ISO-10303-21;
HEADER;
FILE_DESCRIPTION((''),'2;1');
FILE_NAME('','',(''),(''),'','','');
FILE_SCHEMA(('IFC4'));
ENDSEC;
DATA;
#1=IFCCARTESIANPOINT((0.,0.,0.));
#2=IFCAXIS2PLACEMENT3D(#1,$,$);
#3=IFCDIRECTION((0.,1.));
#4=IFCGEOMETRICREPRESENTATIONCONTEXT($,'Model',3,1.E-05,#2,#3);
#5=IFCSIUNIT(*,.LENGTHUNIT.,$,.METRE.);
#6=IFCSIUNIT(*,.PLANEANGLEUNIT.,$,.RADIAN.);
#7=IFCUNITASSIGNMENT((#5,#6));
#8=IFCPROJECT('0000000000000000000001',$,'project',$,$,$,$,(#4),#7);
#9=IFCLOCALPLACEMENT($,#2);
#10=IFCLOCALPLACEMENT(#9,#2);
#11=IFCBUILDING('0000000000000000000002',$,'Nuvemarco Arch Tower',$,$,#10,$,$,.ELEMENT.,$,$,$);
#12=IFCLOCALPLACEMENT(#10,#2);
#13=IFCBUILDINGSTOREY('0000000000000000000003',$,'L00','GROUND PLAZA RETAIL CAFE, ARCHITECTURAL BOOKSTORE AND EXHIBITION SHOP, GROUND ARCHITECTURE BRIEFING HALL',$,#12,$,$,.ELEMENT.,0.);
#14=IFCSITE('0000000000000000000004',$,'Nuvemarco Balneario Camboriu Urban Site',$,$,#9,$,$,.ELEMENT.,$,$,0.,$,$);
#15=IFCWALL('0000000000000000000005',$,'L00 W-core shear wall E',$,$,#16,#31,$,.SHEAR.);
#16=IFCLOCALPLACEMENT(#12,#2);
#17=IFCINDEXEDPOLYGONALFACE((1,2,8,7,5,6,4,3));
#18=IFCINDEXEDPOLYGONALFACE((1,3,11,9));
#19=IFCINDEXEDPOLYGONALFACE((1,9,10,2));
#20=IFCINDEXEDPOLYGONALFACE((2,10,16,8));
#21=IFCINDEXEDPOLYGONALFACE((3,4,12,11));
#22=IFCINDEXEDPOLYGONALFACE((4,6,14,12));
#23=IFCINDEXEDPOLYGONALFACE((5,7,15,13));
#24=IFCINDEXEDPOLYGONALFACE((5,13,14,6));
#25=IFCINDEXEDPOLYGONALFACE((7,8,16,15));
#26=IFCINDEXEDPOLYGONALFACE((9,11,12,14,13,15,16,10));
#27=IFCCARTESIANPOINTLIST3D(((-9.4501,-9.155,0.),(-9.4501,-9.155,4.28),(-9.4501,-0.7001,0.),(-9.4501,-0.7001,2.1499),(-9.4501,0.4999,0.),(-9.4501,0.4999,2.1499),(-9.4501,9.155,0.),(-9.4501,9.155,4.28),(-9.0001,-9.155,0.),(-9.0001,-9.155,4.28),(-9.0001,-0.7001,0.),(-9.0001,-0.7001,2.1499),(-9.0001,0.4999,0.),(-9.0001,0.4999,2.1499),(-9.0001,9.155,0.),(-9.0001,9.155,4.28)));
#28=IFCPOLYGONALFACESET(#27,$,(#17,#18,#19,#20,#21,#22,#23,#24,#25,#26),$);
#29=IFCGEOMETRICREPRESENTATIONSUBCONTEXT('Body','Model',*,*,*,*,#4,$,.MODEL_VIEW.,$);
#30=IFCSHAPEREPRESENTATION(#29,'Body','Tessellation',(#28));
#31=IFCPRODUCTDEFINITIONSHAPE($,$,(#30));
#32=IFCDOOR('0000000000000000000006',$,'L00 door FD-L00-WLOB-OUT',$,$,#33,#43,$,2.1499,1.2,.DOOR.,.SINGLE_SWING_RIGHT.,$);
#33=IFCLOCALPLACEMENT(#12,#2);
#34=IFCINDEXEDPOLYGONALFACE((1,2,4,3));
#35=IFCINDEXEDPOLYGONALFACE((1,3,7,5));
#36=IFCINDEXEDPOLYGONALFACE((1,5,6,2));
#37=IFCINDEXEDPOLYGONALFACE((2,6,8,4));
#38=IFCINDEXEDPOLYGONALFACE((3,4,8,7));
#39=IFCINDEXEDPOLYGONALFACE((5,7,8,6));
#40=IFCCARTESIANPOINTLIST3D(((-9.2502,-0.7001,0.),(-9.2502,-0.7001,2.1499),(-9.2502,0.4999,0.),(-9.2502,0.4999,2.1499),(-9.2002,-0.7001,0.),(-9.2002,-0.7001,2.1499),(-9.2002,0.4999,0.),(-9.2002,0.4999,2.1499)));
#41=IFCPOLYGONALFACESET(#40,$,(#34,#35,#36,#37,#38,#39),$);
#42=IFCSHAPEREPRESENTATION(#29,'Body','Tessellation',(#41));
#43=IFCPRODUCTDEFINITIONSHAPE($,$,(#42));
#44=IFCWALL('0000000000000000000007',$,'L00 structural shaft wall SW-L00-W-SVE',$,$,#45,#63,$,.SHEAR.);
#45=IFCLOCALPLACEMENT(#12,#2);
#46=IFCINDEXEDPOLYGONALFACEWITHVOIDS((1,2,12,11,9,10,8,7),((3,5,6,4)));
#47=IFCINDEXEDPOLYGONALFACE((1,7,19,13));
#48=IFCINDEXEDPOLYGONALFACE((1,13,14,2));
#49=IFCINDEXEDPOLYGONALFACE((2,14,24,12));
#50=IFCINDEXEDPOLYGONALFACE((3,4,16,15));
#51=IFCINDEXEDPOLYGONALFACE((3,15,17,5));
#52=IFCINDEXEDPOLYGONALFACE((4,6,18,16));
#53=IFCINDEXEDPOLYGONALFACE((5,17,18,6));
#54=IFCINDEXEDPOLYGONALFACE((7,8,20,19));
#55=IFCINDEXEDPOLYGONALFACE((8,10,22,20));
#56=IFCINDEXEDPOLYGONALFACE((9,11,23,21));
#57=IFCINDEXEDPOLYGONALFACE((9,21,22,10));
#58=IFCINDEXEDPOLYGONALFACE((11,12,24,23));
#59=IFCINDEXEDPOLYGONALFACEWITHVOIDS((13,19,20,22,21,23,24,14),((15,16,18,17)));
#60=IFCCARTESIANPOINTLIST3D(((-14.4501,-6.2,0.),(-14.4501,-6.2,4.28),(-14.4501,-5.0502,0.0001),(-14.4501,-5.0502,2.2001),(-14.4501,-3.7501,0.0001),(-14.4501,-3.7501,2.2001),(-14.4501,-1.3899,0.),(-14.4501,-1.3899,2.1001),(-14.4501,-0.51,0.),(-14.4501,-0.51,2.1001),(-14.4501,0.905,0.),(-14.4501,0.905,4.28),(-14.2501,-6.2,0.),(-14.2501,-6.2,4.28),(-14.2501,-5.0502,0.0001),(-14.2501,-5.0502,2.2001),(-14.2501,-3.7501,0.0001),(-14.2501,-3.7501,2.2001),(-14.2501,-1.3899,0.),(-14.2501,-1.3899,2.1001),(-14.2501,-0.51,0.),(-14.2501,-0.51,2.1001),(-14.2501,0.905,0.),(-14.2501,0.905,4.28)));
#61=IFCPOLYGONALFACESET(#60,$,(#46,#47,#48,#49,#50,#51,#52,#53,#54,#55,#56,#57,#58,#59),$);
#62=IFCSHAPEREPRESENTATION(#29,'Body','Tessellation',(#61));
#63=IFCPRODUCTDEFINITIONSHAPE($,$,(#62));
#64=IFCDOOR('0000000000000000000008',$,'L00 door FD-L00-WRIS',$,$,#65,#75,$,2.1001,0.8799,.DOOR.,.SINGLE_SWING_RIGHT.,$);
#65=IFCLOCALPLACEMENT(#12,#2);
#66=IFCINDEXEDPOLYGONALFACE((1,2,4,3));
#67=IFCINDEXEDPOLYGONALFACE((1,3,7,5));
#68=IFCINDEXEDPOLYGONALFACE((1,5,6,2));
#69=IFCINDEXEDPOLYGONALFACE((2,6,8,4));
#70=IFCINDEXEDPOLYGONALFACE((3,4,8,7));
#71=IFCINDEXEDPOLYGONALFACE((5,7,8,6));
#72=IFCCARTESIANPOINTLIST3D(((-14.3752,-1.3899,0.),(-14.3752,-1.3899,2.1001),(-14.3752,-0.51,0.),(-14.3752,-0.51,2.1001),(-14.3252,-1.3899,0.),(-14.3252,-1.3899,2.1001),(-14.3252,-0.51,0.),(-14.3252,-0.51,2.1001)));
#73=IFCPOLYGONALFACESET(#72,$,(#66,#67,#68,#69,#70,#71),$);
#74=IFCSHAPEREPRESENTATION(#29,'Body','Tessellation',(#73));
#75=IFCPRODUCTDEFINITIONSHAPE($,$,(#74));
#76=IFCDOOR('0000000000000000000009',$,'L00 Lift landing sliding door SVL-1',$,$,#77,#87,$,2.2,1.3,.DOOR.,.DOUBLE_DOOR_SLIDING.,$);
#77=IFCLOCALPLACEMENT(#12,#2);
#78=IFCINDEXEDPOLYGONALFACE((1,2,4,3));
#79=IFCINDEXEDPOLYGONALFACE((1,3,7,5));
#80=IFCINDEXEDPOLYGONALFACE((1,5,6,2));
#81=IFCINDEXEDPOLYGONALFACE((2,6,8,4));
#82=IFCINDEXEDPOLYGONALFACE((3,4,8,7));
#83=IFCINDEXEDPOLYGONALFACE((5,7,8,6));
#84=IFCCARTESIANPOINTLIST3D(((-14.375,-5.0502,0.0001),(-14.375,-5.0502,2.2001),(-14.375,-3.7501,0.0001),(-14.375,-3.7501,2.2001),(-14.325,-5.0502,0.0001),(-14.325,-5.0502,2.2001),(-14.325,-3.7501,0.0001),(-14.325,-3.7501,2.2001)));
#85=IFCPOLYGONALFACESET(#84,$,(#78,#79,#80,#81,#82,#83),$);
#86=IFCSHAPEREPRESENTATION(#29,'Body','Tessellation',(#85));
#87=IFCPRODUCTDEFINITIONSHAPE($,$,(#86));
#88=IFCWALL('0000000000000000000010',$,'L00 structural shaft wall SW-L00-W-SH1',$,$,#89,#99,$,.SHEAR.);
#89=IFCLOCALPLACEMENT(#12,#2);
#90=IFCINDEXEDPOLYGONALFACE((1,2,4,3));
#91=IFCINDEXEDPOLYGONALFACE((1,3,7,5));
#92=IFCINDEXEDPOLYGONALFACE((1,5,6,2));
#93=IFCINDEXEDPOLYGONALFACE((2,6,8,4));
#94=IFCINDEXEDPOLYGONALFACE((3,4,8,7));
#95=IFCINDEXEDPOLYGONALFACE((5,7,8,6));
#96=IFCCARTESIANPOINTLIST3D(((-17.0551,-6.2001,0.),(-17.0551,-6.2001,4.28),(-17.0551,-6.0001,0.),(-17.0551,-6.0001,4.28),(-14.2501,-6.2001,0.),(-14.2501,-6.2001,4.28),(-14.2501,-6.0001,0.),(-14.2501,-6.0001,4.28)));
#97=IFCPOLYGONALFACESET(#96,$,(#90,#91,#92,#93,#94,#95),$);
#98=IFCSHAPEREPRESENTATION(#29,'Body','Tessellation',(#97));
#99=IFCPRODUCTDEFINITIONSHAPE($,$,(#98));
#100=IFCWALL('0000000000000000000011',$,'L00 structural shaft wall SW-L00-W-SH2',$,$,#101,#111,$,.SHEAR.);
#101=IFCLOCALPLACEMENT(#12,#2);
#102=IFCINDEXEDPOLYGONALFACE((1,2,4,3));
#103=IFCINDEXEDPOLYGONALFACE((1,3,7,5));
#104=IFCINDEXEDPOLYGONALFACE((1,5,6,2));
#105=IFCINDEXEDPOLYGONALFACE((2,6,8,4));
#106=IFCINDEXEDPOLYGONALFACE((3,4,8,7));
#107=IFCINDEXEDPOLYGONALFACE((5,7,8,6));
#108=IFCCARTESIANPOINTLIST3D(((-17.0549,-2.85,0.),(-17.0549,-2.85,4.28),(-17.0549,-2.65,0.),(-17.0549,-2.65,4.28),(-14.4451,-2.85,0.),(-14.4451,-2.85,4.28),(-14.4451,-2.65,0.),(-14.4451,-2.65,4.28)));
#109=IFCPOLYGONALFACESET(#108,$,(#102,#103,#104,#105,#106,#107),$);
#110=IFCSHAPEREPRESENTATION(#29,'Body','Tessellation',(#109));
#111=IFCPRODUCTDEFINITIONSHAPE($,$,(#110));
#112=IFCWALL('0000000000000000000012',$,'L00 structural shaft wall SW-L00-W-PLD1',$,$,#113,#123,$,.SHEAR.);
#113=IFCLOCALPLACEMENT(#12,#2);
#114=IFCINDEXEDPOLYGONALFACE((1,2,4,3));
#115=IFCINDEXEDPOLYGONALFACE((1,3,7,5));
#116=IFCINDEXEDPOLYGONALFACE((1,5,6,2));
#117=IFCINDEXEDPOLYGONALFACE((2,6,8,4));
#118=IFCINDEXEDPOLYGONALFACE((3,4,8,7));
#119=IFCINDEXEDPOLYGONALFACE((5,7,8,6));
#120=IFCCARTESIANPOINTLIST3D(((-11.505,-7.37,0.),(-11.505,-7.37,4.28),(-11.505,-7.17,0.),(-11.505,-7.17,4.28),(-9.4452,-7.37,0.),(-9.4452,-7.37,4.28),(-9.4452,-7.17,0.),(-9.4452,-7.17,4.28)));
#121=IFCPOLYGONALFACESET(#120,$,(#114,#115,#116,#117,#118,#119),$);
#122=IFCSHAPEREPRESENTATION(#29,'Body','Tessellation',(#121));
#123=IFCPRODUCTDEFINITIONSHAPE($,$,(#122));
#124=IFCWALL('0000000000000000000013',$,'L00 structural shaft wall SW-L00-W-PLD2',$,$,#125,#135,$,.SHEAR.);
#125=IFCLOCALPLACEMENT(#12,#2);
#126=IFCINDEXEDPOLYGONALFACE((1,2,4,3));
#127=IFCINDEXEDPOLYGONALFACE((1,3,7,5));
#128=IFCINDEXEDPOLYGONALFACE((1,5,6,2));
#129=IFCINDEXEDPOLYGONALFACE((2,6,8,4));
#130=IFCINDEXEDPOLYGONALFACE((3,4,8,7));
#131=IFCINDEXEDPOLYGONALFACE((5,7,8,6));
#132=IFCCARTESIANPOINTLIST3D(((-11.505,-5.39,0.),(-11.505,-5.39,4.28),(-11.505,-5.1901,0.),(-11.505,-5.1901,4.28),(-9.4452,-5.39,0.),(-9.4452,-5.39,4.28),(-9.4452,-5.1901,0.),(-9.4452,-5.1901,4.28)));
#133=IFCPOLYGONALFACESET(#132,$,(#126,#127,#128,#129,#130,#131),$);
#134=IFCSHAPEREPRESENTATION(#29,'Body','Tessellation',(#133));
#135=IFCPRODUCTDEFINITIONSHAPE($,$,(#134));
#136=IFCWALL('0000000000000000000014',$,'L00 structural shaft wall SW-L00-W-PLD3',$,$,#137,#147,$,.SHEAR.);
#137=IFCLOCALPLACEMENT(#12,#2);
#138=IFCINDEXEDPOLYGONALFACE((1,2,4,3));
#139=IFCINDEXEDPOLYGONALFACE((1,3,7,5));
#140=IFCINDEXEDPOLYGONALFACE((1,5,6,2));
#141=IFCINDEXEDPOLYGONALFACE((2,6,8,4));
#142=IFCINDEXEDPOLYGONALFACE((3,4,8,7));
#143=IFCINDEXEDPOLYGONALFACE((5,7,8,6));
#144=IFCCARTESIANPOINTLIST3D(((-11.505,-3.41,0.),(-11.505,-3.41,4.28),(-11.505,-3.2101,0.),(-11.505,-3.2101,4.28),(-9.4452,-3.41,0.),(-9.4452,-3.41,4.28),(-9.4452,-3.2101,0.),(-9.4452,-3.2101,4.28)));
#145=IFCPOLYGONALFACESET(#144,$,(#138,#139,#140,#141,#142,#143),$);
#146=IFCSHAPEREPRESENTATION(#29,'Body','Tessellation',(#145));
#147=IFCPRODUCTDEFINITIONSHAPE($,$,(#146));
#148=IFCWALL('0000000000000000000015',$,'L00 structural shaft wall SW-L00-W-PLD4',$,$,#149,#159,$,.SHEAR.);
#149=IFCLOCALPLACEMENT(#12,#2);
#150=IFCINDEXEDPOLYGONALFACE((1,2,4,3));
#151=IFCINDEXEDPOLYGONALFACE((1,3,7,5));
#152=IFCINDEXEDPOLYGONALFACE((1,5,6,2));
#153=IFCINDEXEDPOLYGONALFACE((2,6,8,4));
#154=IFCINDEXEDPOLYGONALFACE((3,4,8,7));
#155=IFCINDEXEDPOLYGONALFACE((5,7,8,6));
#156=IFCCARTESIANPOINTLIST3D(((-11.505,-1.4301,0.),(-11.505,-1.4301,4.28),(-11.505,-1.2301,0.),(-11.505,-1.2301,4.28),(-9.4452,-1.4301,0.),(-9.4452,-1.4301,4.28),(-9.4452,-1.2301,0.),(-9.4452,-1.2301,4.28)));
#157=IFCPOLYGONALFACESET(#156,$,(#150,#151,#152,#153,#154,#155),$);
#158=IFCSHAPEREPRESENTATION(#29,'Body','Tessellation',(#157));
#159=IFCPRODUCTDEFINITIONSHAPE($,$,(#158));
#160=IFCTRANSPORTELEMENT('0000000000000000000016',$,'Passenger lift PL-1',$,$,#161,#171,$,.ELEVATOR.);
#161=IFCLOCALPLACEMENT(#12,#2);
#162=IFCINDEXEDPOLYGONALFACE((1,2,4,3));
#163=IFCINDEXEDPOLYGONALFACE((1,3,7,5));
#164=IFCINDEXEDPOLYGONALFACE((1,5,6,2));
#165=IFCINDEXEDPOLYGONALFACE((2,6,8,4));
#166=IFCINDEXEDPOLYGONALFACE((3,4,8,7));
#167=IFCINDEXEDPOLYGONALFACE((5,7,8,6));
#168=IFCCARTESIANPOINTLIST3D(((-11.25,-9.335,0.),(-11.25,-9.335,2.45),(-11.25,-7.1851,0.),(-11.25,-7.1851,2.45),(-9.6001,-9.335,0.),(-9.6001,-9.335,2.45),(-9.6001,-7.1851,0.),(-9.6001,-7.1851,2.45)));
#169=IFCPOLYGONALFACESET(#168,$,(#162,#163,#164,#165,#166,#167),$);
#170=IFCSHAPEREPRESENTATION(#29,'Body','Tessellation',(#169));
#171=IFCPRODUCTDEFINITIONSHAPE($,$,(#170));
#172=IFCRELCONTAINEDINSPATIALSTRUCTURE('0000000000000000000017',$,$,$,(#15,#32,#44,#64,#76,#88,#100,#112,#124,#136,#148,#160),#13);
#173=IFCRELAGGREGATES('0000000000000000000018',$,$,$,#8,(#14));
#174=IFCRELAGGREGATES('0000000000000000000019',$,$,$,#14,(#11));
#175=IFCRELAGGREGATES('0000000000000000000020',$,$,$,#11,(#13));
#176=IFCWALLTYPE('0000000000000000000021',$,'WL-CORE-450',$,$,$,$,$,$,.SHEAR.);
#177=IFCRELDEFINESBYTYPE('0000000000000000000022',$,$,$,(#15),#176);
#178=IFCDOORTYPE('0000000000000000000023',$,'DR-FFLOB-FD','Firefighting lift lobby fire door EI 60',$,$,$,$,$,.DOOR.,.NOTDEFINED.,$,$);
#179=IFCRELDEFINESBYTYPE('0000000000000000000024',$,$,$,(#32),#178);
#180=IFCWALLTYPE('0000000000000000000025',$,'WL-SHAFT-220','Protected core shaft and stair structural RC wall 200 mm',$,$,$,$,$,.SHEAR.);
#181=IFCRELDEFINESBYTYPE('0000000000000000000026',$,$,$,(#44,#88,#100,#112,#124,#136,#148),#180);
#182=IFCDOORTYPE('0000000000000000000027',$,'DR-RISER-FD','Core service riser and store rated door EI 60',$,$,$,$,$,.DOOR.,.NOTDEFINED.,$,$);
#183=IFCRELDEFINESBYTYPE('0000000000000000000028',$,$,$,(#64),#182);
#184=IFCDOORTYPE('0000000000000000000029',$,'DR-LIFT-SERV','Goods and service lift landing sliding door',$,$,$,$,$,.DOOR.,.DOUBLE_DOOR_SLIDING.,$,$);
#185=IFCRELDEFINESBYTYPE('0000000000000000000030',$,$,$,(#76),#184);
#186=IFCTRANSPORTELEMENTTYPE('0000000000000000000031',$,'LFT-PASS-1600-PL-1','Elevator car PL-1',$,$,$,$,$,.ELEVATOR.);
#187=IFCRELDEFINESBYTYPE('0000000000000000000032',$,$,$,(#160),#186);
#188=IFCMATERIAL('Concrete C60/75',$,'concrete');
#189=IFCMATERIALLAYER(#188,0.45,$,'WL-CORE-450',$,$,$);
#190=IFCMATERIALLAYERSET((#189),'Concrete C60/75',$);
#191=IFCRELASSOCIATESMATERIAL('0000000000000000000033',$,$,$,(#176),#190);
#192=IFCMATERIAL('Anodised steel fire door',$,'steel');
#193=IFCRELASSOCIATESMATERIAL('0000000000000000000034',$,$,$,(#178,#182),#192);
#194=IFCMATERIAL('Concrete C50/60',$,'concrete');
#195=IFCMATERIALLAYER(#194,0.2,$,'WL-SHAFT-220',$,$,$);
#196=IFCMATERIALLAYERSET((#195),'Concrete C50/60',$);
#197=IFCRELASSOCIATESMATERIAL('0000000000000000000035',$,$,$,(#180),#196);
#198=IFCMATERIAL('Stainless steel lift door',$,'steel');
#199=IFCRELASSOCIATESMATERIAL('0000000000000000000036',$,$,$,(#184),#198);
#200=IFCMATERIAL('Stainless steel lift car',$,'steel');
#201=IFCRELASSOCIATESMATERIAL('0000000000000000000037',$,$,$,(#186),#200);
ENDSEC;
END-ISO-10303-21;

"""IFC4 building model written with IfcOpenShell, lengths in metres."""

from ifc_helpers import new_model, si_unit, direction, frame, frame_2d, origin, origin_2d, place, context, subcontext, project, spatial, rectangle, extrude, source, transform, mapped, material, layer, layer_set, type_object, type_shapes, element, fill, save


model = new_model("IFC4")

# Units and contexts
model_context = context("Model", 3, precision=1e-05, world=origin(), true_north=direction((0.0, 1.0)))
body_context = subcontext(model_context, "Body", "Model", "MODEL_VIEW")
ifc_project = project(units=[si_unit("LENGTHUNIT", "METRE"), si_unit("PLANEANGLEUNIT", "RADIAN")], contexts=[model_context])

# Site, building, storey
site_placement = place(None, origin())
site = spatial("IfcSite", under=ifc_project, at=site_placement, Name="Nuvemarco Balneario Camboriu Urban Site", CompositionType="ELEMENT", RefElevation=0.0)
building_placement = place(site_placement, origin())
building = spatial("IfcBuilding", under=site, at=building_placement, Name="Nuvemarco Arch Tower", CompositionType="ELEMENT")
storey_placement = place(building_placement, origin())
storey = spatial("IfcBuildingStorey", under=building, at=storey_placement, Name="L00", Description="GROUND PLAZA RETAIL CAFE, ARCHITECTURAL BOOKSTORE AND EXHIBITION SHOP, GROUND ARCHITECTURE BRIEFING HALL", CompositionType="ELEMENT", Elevation=0.0)

# Shared definitions
ifc_material_1 = material(Name="Concrete C60/75", Category="concrete")

# Wall, opening, door
ifc_layer_1 = layer(ifc_material_1, 0.45, Name="WL-CORE-450")
ifc_layer_set_1 = layer_set([ifc_layer_1], Name="Concrete C60/75")
wall_type_1 = type_object("IfcWallType", Name="WL-CORE-450", PredefinedType="SHEAR", material=ifc_layer_set_1)
ifc_material_2 = material(Name="Anodised steel fire door", Category="steel")
wall_1_placement = place(storey_placement, frame((-9.2251, -9.155, 0.0), z_axis=(0.0, 0.0, 1.0), x_axis=(0.0, 1.0, 0.0)))
wall_1 = element("IfcWall", 1, at=wall_1_placement, inside=storey, type_object=wall_type_1, Name="L00 W-core shear wall E", PredefinedType="SHEAR", context=body_context, shape_type="SweptSolid", body=[
    extrude(rectangle(XDim=18.3101, YDim=0.45, at=frame_2d((9.155, 0.0))), origin(), (0.0, 0.0, 1.0), 4.28),
])
opening_1_placement = place(wall_1_placement, frame((9.655, 0.0, 0.0), z_axis=(0.0, 0.0, 1.0), x_axis=(-1.0, 0.0, 0.0)))
opening_1 = element("IfcOpeningElement", 2, at=opening_1_placement, cuts=wall_1, PredefinedType="OPENING", context=body_context, shape_type="SweptSolid", body=[
    extrude(rectangle(XDim=1.2, YDim=2.1499, at=frame_2d((0.6001, 1.075))), frame((0.0, 0.2349, 0.0), z_axis=(0.0, -1.0, 0.0), x_axis=(1.0, 0.0, 0.0)), (0.0, 0.0, 1.0), 0.47),
])
door_type_1 = type_object("IfcDoorType", Name="DR-FFLOB-FD", Description="Firefighting lift lobby fire door EI 60", OperationType="NOTDEFINED", PredefinedType="DOOR", material=ifc_material_2)
shared_shape_1 = source(origin(), body_context, "Body", "SweptSolid", [
    extrude(rectangle(XDim=1.2, YDim=2.1499, at=frame_2d((0.6001, 1.075))), frame((0.0, 0.0249, 0.0), z_axis=(0.0, -1.0, 0.0), x_axis=(1.0, 0.0, 0.0)), (0.0, 0.0, 1.0), 0.05),
])
type_shapes(door_type_1, [shared_shape_1])
door_1_placement = place(opening_1_placement, origin())
door_1 = element("IfcDoor", 3, at=door_1_placement, inside=storey, type_object=door_type_1, Name="L00 door FD-L00-WLOB-OUT", OperationType="SINGLE_SWING_RIGHT", OverallHeight=2.1499, OverallWidth=1.2, PredefinedType="DOOR", context=body_context, shape_type="MappedRepresentation", body=[
    mapped(shared_shape_1, transform((0.0, 0.0, 0.0), scale=1.0)),
])
fill(opening_1, door_1)
ifc_material_3 = material(Name="Concrete C50/60", Category="concrete")
ifc_layer_2 = layer(ifc_material_3, 0.2, Name="WL-SHAFT-220")
ifc_layer_set_2 = layer_set([ifc_layer_2], Name="Concrete C50/60")
wall_type_2 = type_object("IfcWallType", Name="WL-SHAFT-220", Description="Protected core shaft and stair structural RC wall 200 mm", PredefinedType="SHEAR", material=ifc_layer_set_2)
ifc_material_4 = material(Name="Stainless steel lift door", Category="steel")

# Wall, openings, doors
wall_2_placement = place(storey_placement, frame((-14.3501, -6.2, 0.0), z_axis=(0.0, 0.0, 1.0), x_axis=(0.0, 1.0, 0.0)))
wall_2 = element("IfcWall", 4, at=wall_2_placement, inside=storey, type_object=wall_type_2, Name="L00 structural shaft wall SW-L00-W-SVE", PredefinedType="SHEAR", context=body_context, shape_type="SweptSolid", body=[
    extrude(rectangle(XDim=7.105, YDim=0.2, at=frame_2d((3.5525, 0.0))), origin(), (0.0, 0.0, 1.0), 4.28),
])
opening_2_placement = place(wall_2_placement, frame((5.6899, 0.0, 0.0), z_axis=(0.0, 0.0, 1.0), x_axis=(-1.0, 0.0, 0.0)))
opening_2 = element("IfcOpeningElement", 5, at=opening_2_placement, cuts=wall_2, PredefinedType="OPENING", context=body_context, shape_type="SweptSolid", body=[
    extrude(rectangle(XDim=0.8799, YDim=2.1001, at=frame_2d((0.4399, 1.05))), frame((0.0, 0.1099, 0.0), z_axis=(0.0, -1.0, 0.0), x_axis=(1.0, 0.0, 0.0)), (0.0, 0.0, 1.0), 0.22),
])
opening_3_placement = place(wall_2_placement, frame((1.1499, 0.0, 0.0)))
opening_3 = element("IfcOpeningElement", 6, at=opening_3_placement, cuts=wall_2, PredefinedType="OPENING", context=body_context, shape_type="SweptSolid", body=[
    extrude(rectangle(XDim=1.3, YDim=2.2, at=frame_2d((0.6499, 1.1001))), frame((0.0, 0.1099, 0.0), z_axis=(0.0, -1.0, 0.0), x_axis=(1.0, 0.0, 0.0)), (0.0, 0.0, 1.0), 0.22),
])
door_type_2 = type_object("IfcDoorType", Name="DR-RISER-FD", Description="Core service riser and store rated door EI 60", OperationType="NOTDEFINED", PredefinedType="DOOR", material=ifc_material_2)
shared_shape_2 = source(origin(), body_context, "Body", "SweptSolid", [
    extrude(rectangle(XDim=0.8799, YDim=2.1001, at=frame_2d((0.4399, 1.05))), frame((0.0, 0.0249, 0.0), z_axis=(0.0, -1.0, 0.0), x_axis=(1.0, 0.0, 0.0)), (0.0, 0.0, 1.0), 0.05),
])
type_shapes(door_type_2, [shared_shape_2])
door_2_placement = place(opening_2_placement, origin())
door_2 = element("IfcDoor", 7, at=door_2_placement, inside=storey, type_object=door_type_2, Name="L00 door FD-L00-WRIS", OperationType="SINGLE_SWING_RIGHT", OverallHeight=2.1001, OverallWidth=0.8799, PredefinedType="DOOR", context=body_context, shape_type="MappedRepresentation", body=[
    mapped(shared_shape_2, transform((0.0, 0.0, 0.0), scale=1.0)),
])
fill(opening_2, door_2)
door_type_3 = type_object("IfcDoorType", Name="DR-LIFT-SERV", Description="Goods and service lift landing sliding door", OperationType="DOUBLE_DOOR_SLIDING", PredefinedType="DOOR", material=ifc_material_4)
shared_shape_3 = source(origin(), body_context, "Body", "SweptSolid", [
    extrude(rectangle(XDim=1.3, YDim=2.2, at=frame_2d((0.6499, 1.1001))), frame((0.0, 0.0249, 0.0), z_axis=(0.0, -1.0, 0.0), x_axis=(1.0, 0.0, 0.0)), (0.0, 0.0, 1.0), 0.05),
])
type_shapes(door_type_3, [shared_shape_3])
door_3_placement = place(opening_3_placement, origin())
door_3 = element("IfcDoor", 8, at=door_3_placement, inside=storey, type_object=door_type_3, Name="L00 Lift landing sliding door SVL-1", OperationType="DOUBLE_DOOR_SLIDING", OverallHeight=2.2, OverallWidth=1.3, PredefinedType="DOOR", context=body_context, shape_type="MappedRepresentation", body=[
    mapped(shared_shape_3, transform((0.0, 0.0, 0.0), scale=1.0)),
])
fill(opening_3, door_3)

# Walls
wall_3_placement = place(storey_placement, frame((-17.0549, -6.1001, 0.0), z_axis=(0.0, 0.0, 1.0), x_axis=(1.0, 0.0, 0.0)))
element("IfcWall", 9, at=wall_3_placement, inside=storey, type_object=wall_type_2, Name="L00 structural shaft wall SW-L00-W-SH1", PredefinedType="SHEAR", context=body_context, shape_type="SweptSolid", body=[
    extrude(rectangle(XDim=2.8049, YDim=0.2, at=frame_2d((1.4023, 0.0))), origin(), (0.0, 0.0, 1.0), 4.28),
])
wall_4_placement = place(storey_placement, frame((-17.0549, -2.75, 0.0), z_axis=(0.0, 0.0, 1.0), x_axis=(1.0, 0.0, 0.0)))
element("IfcWall", 10, at=wall_4_placement, inside=storey, type_object=wall_type_2, Name="L00 structural shaft wall SW-L00-W-SH2", PredefinedType="SHEAR", context=body_context, shape_type="SweptSolid", body=[
    extrude(rectangle(XDim=2.6099, YDim=0.2, at=frame_2d((1.3049, 0.0))), origin(), (0.0, 0.0, 1.0), 4.28),
])

# Walls
for number, where, z_axis, x_axis, name in (
    (11, (-11.5049, -7.27, 0.0), (0.0, 0.0, 1.0), (1.0, 0.0, 0.0), "L00 structural shaft wall SW-L00-W-PLD1"),
    (12, (-11.5049, -5.29, 0.0), (0.0, 0.0, 1.0), (1.0, 0.0, 0.0), "L00 structural shaft wall SW-L00-W-PLD2"),
    (13, (-11.5049, -3.3101, 0.0), (0.0, 0.0, 1.0), (1.0, 0.0, 0.0), "L00 structural shaft wall SW-L00-W-PLD3"),
    (14, (-11.5049, -1.3301, 0.0), (0.0, 0.0, 1.0), (1.0, 0.0, 0.0), "L00 structural shaft wall SW-L00-W-PLD4"),
):
    element("IfcWall", number, at=place(storey_placement, frame(where, z_axis=z_axis, x_axis=x_axis)), inside=storey, type_object=wall_type_2, Name=name, PredefinedType="SHEAR", context=body_context, shape_type="SweptSolid", body=[
        extrude(rectangle(XDim=2.0598, YDim=0.2, at=frame_2d((1.0298, 0.0))), origin(), (0.0, 0.0, 1.0), 4.28),
    ])

# Transport element
ifc_material_5 = material(Name="Stainless steel lift car", Category="steel")
transport_element_type_1 = type_object("IfcTransportElementType", Name="LFT-PASS-1600-PL-1", Description="Elevator car PL-1", PredefinedType="ELEVATOR", material=ifc_material_5)
shared_shape_4 = source(origin(), body_context, "Body", "SweptSolid", [
    extrude(rectangle(XDim=1.6499, YDim=2.1499, at=origin_2d()), origin(), (0.0, 0.0, 1.0), 2.45),
])
type_shapes(transport_element_type_1, [shared_shape_4])
transport_element_1_placement = place(storey_placement, frame((-10.425, -8.26, 0.0), z_axis=(0.0, 0.0, 1.0), x_axis=(1.0, 0.0, 0.0)))
element("IfcTransportElement", 15, at=transport_element_1_placement, inside=storey, type_object=transport_element_type_1, Name="Passenger lift PL-1", PredefinedType="ELEVATOR", context=body_context, shape_type="MappedRepresentation", body=[
    mapped(shared_shape_4, transform((0.0, 0.0, 0.0), scale=1.0)),
])

save(model, "model.ifc")
